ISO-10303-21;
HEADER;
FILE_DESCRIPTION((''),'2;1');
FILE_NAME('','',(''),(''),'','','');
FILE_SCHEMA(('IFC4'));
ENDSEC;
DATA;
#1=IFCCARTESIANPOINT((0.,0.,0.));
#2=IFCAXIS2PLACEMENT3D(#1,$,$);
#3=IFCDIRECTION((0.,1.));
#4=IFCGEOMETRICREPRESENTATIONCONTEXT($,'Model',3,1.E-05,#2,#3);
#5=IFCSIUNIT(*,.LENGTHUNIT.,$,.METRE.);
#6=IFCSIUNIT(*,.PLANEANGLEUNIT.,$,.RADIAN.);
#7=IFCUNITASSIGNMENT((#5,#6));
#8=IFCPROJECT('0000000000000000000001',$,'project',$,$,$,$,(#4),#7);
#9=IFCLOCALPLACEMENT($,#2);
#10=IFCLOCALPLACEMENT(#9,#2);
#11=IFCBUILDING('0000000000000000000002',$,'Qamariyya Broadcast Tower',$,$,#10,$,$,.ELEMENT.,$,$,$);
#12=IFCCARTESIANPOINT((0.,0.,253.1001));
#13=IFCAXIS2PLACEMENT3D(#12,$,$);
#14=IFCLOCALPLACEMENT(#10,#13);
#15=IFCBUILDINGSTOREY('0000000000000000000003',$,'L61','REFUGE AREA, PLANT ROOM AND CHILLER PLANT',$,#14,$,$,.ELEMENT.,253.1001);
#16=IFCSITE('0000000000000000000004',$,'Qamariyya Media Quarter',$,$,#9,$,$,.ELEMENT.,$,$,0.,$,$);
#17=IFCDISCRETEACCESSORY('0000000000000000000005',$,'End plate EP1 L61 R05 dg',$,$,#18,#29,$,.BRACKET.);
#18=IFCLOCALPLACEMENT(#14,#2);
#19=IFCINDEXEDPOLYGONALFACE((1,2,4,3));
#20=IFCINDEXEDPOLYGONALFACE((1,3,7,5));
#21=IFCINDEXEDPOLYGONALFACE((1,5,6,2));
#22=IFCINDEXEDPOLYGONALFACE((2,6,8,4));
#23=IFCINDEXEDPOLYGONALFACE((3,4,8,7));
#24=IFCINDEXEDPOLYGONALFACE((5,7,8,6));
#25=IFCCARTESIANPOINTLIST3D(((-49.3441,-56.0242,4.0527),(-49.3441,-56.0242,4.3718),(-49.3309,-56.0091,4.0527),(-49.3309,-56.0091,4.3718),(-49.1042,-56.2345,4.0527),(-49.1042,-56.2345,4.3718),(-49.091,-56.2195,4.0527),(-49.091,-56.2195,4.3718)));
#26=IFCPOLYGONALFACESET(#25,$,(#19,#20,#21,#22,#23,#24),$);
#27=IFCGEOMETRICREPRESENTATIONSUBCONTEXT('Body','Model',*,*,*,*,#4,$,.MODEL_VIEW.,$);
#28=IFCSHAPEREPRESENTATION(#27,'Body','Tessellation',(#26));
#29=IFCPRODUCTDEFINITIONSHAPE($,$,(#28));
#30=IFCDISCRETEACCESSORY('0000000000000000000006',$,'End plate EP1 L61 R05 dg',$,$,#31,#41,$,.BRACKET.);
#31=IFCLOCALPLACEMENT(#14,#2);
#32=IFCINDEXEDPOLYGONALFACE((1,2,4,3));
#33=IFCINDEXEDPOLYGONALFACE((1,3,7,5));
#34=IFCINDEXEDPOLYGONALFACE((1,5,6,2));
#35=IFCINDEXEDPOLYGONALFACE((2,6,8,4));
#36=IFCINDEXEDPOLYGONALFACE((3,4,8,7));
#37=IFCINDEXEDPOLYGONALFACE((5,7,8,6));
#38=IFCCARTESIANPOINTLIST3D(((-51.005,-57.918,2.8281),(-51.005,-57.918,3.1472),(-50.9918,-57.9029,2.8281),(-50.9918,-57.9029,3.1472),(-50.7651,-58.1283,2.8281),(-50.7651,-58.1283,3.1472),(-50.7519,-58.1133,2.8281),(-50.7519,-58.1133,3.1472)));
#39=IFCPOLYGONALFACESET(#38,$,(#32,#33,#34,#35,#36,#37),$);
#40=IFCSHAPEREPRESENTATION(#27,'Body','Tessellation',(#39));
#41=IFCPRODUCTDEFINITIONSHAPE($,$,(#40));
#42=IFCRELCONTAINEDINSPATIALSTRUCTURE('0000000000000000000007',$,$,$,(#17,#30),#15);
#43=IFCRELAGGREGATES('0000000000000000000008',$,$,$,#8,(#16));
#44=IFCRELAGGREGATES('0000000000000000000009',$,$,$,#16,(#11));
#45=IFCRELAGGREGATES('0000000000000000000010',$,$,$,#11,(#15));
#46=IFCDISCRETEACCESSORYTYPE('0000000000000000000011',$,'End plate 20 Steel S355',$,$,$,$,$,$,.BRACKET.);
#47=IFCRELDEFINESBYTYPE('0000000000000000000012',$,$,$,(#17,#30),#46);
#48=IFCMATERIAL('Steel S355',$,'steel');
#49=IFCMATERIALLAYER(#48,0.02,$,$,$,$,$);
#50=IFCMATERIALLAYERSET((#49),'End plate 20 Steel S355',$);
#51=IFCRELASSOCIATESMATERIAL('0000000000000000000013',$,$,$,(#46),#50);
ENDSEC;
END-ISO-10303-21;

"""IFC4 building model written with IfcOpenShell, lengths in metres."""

from ifc_helpers import new_model, si_unit, direction, frame, origin, origin_2d, place, context, subcontext, project, spatial, rectangle, extrude, material, layer, layer_set, type_object, element, save


model = new_model("IFC4")

# Units and contexts
model_context = context("Model", 3, precision=1e-05, world=origin(), true_north=direction((0.0, 1.0)))
body_context = subcontext(model_context, "Body", "Model", "MODEL_VIEW")
ifc_project = project(units=[si_unit("LENGTHUNIT", "METRE"), si_unit("PLANEANGLEUNIT", "RADIAN")], contexts=[model_context])

# Site, building, storey
site_placement = place(None, origin())
site = spatial("IfcSite", under=ifc_project, at=site_placement, Name="Qamariyya Media Quarter", CompositionType="ELEMENT", RefElevation=0.0)
building_placement = place(site_placement, origin())
building = spatial("IfcBuilding", under=site, at=building_placement, Name="Qamariyya Broadcast Tower", CompositionType="ELEMENT")
storey_placement = place(building_placement, frame((0.0, 0.0, 253.1001)))
storey = spatial("IfcBuildingStorey", under=building, at=storey_placement, Name="L61", Description="REFUGE AREA, PLANT ROOM AND CHILLER PLANT", CompositionType="ELEMENT", Elevation=253.1001)

# Shared definitions
ifc_material_1 = material(Name="Steel S355", Category="steel")

# Discrete accessories
ifc_layer_1 = layer(ifc_material_1, 0.02)
ifc_layer_set_1 = layer_set([ifc_layer_1], Name="End plate 20 Steel S355")
discrete_accessory_type_1 = type_object("IfcDiscreteAccessoryType", Name="End plate 20 Steel S355", PredefinedType="BRACKET", material=ifc_layer_set_1)
for number, where, z_axis, x_axis, name in (
    (1, (-49.2175, -56.1218, 4.0527), (0.0, 0.0, 1.0), (-0.75184, 0.659346, 0.0), "End plate EP1 L61 R05 dg"),
    (2, (-50.8784, -58.0156, 2.8281), (0.0, 0.0, 1.0), (-0.75184, 0.659346, 0.0), "End plate EP1 L61 R05 dg"),
):
    element("IfcDiscreteAccessory", number, at=place(storey_placement, frame(where, z_axis=z_axis, x_axis=x_axis)), inside=storey, type_object=discrete_accessory_type_1, Name=name, PredefinedType="BRACKET", context=body_context, shape_type="SweptSolid", body=[
        extrude(rectangle(XDim=0.3191, YDim=0.02, at=origin_2d()), origin(), (0.0, 0.0, 1.0), 0.3191),
    ])

save(model, "model.ifc")
